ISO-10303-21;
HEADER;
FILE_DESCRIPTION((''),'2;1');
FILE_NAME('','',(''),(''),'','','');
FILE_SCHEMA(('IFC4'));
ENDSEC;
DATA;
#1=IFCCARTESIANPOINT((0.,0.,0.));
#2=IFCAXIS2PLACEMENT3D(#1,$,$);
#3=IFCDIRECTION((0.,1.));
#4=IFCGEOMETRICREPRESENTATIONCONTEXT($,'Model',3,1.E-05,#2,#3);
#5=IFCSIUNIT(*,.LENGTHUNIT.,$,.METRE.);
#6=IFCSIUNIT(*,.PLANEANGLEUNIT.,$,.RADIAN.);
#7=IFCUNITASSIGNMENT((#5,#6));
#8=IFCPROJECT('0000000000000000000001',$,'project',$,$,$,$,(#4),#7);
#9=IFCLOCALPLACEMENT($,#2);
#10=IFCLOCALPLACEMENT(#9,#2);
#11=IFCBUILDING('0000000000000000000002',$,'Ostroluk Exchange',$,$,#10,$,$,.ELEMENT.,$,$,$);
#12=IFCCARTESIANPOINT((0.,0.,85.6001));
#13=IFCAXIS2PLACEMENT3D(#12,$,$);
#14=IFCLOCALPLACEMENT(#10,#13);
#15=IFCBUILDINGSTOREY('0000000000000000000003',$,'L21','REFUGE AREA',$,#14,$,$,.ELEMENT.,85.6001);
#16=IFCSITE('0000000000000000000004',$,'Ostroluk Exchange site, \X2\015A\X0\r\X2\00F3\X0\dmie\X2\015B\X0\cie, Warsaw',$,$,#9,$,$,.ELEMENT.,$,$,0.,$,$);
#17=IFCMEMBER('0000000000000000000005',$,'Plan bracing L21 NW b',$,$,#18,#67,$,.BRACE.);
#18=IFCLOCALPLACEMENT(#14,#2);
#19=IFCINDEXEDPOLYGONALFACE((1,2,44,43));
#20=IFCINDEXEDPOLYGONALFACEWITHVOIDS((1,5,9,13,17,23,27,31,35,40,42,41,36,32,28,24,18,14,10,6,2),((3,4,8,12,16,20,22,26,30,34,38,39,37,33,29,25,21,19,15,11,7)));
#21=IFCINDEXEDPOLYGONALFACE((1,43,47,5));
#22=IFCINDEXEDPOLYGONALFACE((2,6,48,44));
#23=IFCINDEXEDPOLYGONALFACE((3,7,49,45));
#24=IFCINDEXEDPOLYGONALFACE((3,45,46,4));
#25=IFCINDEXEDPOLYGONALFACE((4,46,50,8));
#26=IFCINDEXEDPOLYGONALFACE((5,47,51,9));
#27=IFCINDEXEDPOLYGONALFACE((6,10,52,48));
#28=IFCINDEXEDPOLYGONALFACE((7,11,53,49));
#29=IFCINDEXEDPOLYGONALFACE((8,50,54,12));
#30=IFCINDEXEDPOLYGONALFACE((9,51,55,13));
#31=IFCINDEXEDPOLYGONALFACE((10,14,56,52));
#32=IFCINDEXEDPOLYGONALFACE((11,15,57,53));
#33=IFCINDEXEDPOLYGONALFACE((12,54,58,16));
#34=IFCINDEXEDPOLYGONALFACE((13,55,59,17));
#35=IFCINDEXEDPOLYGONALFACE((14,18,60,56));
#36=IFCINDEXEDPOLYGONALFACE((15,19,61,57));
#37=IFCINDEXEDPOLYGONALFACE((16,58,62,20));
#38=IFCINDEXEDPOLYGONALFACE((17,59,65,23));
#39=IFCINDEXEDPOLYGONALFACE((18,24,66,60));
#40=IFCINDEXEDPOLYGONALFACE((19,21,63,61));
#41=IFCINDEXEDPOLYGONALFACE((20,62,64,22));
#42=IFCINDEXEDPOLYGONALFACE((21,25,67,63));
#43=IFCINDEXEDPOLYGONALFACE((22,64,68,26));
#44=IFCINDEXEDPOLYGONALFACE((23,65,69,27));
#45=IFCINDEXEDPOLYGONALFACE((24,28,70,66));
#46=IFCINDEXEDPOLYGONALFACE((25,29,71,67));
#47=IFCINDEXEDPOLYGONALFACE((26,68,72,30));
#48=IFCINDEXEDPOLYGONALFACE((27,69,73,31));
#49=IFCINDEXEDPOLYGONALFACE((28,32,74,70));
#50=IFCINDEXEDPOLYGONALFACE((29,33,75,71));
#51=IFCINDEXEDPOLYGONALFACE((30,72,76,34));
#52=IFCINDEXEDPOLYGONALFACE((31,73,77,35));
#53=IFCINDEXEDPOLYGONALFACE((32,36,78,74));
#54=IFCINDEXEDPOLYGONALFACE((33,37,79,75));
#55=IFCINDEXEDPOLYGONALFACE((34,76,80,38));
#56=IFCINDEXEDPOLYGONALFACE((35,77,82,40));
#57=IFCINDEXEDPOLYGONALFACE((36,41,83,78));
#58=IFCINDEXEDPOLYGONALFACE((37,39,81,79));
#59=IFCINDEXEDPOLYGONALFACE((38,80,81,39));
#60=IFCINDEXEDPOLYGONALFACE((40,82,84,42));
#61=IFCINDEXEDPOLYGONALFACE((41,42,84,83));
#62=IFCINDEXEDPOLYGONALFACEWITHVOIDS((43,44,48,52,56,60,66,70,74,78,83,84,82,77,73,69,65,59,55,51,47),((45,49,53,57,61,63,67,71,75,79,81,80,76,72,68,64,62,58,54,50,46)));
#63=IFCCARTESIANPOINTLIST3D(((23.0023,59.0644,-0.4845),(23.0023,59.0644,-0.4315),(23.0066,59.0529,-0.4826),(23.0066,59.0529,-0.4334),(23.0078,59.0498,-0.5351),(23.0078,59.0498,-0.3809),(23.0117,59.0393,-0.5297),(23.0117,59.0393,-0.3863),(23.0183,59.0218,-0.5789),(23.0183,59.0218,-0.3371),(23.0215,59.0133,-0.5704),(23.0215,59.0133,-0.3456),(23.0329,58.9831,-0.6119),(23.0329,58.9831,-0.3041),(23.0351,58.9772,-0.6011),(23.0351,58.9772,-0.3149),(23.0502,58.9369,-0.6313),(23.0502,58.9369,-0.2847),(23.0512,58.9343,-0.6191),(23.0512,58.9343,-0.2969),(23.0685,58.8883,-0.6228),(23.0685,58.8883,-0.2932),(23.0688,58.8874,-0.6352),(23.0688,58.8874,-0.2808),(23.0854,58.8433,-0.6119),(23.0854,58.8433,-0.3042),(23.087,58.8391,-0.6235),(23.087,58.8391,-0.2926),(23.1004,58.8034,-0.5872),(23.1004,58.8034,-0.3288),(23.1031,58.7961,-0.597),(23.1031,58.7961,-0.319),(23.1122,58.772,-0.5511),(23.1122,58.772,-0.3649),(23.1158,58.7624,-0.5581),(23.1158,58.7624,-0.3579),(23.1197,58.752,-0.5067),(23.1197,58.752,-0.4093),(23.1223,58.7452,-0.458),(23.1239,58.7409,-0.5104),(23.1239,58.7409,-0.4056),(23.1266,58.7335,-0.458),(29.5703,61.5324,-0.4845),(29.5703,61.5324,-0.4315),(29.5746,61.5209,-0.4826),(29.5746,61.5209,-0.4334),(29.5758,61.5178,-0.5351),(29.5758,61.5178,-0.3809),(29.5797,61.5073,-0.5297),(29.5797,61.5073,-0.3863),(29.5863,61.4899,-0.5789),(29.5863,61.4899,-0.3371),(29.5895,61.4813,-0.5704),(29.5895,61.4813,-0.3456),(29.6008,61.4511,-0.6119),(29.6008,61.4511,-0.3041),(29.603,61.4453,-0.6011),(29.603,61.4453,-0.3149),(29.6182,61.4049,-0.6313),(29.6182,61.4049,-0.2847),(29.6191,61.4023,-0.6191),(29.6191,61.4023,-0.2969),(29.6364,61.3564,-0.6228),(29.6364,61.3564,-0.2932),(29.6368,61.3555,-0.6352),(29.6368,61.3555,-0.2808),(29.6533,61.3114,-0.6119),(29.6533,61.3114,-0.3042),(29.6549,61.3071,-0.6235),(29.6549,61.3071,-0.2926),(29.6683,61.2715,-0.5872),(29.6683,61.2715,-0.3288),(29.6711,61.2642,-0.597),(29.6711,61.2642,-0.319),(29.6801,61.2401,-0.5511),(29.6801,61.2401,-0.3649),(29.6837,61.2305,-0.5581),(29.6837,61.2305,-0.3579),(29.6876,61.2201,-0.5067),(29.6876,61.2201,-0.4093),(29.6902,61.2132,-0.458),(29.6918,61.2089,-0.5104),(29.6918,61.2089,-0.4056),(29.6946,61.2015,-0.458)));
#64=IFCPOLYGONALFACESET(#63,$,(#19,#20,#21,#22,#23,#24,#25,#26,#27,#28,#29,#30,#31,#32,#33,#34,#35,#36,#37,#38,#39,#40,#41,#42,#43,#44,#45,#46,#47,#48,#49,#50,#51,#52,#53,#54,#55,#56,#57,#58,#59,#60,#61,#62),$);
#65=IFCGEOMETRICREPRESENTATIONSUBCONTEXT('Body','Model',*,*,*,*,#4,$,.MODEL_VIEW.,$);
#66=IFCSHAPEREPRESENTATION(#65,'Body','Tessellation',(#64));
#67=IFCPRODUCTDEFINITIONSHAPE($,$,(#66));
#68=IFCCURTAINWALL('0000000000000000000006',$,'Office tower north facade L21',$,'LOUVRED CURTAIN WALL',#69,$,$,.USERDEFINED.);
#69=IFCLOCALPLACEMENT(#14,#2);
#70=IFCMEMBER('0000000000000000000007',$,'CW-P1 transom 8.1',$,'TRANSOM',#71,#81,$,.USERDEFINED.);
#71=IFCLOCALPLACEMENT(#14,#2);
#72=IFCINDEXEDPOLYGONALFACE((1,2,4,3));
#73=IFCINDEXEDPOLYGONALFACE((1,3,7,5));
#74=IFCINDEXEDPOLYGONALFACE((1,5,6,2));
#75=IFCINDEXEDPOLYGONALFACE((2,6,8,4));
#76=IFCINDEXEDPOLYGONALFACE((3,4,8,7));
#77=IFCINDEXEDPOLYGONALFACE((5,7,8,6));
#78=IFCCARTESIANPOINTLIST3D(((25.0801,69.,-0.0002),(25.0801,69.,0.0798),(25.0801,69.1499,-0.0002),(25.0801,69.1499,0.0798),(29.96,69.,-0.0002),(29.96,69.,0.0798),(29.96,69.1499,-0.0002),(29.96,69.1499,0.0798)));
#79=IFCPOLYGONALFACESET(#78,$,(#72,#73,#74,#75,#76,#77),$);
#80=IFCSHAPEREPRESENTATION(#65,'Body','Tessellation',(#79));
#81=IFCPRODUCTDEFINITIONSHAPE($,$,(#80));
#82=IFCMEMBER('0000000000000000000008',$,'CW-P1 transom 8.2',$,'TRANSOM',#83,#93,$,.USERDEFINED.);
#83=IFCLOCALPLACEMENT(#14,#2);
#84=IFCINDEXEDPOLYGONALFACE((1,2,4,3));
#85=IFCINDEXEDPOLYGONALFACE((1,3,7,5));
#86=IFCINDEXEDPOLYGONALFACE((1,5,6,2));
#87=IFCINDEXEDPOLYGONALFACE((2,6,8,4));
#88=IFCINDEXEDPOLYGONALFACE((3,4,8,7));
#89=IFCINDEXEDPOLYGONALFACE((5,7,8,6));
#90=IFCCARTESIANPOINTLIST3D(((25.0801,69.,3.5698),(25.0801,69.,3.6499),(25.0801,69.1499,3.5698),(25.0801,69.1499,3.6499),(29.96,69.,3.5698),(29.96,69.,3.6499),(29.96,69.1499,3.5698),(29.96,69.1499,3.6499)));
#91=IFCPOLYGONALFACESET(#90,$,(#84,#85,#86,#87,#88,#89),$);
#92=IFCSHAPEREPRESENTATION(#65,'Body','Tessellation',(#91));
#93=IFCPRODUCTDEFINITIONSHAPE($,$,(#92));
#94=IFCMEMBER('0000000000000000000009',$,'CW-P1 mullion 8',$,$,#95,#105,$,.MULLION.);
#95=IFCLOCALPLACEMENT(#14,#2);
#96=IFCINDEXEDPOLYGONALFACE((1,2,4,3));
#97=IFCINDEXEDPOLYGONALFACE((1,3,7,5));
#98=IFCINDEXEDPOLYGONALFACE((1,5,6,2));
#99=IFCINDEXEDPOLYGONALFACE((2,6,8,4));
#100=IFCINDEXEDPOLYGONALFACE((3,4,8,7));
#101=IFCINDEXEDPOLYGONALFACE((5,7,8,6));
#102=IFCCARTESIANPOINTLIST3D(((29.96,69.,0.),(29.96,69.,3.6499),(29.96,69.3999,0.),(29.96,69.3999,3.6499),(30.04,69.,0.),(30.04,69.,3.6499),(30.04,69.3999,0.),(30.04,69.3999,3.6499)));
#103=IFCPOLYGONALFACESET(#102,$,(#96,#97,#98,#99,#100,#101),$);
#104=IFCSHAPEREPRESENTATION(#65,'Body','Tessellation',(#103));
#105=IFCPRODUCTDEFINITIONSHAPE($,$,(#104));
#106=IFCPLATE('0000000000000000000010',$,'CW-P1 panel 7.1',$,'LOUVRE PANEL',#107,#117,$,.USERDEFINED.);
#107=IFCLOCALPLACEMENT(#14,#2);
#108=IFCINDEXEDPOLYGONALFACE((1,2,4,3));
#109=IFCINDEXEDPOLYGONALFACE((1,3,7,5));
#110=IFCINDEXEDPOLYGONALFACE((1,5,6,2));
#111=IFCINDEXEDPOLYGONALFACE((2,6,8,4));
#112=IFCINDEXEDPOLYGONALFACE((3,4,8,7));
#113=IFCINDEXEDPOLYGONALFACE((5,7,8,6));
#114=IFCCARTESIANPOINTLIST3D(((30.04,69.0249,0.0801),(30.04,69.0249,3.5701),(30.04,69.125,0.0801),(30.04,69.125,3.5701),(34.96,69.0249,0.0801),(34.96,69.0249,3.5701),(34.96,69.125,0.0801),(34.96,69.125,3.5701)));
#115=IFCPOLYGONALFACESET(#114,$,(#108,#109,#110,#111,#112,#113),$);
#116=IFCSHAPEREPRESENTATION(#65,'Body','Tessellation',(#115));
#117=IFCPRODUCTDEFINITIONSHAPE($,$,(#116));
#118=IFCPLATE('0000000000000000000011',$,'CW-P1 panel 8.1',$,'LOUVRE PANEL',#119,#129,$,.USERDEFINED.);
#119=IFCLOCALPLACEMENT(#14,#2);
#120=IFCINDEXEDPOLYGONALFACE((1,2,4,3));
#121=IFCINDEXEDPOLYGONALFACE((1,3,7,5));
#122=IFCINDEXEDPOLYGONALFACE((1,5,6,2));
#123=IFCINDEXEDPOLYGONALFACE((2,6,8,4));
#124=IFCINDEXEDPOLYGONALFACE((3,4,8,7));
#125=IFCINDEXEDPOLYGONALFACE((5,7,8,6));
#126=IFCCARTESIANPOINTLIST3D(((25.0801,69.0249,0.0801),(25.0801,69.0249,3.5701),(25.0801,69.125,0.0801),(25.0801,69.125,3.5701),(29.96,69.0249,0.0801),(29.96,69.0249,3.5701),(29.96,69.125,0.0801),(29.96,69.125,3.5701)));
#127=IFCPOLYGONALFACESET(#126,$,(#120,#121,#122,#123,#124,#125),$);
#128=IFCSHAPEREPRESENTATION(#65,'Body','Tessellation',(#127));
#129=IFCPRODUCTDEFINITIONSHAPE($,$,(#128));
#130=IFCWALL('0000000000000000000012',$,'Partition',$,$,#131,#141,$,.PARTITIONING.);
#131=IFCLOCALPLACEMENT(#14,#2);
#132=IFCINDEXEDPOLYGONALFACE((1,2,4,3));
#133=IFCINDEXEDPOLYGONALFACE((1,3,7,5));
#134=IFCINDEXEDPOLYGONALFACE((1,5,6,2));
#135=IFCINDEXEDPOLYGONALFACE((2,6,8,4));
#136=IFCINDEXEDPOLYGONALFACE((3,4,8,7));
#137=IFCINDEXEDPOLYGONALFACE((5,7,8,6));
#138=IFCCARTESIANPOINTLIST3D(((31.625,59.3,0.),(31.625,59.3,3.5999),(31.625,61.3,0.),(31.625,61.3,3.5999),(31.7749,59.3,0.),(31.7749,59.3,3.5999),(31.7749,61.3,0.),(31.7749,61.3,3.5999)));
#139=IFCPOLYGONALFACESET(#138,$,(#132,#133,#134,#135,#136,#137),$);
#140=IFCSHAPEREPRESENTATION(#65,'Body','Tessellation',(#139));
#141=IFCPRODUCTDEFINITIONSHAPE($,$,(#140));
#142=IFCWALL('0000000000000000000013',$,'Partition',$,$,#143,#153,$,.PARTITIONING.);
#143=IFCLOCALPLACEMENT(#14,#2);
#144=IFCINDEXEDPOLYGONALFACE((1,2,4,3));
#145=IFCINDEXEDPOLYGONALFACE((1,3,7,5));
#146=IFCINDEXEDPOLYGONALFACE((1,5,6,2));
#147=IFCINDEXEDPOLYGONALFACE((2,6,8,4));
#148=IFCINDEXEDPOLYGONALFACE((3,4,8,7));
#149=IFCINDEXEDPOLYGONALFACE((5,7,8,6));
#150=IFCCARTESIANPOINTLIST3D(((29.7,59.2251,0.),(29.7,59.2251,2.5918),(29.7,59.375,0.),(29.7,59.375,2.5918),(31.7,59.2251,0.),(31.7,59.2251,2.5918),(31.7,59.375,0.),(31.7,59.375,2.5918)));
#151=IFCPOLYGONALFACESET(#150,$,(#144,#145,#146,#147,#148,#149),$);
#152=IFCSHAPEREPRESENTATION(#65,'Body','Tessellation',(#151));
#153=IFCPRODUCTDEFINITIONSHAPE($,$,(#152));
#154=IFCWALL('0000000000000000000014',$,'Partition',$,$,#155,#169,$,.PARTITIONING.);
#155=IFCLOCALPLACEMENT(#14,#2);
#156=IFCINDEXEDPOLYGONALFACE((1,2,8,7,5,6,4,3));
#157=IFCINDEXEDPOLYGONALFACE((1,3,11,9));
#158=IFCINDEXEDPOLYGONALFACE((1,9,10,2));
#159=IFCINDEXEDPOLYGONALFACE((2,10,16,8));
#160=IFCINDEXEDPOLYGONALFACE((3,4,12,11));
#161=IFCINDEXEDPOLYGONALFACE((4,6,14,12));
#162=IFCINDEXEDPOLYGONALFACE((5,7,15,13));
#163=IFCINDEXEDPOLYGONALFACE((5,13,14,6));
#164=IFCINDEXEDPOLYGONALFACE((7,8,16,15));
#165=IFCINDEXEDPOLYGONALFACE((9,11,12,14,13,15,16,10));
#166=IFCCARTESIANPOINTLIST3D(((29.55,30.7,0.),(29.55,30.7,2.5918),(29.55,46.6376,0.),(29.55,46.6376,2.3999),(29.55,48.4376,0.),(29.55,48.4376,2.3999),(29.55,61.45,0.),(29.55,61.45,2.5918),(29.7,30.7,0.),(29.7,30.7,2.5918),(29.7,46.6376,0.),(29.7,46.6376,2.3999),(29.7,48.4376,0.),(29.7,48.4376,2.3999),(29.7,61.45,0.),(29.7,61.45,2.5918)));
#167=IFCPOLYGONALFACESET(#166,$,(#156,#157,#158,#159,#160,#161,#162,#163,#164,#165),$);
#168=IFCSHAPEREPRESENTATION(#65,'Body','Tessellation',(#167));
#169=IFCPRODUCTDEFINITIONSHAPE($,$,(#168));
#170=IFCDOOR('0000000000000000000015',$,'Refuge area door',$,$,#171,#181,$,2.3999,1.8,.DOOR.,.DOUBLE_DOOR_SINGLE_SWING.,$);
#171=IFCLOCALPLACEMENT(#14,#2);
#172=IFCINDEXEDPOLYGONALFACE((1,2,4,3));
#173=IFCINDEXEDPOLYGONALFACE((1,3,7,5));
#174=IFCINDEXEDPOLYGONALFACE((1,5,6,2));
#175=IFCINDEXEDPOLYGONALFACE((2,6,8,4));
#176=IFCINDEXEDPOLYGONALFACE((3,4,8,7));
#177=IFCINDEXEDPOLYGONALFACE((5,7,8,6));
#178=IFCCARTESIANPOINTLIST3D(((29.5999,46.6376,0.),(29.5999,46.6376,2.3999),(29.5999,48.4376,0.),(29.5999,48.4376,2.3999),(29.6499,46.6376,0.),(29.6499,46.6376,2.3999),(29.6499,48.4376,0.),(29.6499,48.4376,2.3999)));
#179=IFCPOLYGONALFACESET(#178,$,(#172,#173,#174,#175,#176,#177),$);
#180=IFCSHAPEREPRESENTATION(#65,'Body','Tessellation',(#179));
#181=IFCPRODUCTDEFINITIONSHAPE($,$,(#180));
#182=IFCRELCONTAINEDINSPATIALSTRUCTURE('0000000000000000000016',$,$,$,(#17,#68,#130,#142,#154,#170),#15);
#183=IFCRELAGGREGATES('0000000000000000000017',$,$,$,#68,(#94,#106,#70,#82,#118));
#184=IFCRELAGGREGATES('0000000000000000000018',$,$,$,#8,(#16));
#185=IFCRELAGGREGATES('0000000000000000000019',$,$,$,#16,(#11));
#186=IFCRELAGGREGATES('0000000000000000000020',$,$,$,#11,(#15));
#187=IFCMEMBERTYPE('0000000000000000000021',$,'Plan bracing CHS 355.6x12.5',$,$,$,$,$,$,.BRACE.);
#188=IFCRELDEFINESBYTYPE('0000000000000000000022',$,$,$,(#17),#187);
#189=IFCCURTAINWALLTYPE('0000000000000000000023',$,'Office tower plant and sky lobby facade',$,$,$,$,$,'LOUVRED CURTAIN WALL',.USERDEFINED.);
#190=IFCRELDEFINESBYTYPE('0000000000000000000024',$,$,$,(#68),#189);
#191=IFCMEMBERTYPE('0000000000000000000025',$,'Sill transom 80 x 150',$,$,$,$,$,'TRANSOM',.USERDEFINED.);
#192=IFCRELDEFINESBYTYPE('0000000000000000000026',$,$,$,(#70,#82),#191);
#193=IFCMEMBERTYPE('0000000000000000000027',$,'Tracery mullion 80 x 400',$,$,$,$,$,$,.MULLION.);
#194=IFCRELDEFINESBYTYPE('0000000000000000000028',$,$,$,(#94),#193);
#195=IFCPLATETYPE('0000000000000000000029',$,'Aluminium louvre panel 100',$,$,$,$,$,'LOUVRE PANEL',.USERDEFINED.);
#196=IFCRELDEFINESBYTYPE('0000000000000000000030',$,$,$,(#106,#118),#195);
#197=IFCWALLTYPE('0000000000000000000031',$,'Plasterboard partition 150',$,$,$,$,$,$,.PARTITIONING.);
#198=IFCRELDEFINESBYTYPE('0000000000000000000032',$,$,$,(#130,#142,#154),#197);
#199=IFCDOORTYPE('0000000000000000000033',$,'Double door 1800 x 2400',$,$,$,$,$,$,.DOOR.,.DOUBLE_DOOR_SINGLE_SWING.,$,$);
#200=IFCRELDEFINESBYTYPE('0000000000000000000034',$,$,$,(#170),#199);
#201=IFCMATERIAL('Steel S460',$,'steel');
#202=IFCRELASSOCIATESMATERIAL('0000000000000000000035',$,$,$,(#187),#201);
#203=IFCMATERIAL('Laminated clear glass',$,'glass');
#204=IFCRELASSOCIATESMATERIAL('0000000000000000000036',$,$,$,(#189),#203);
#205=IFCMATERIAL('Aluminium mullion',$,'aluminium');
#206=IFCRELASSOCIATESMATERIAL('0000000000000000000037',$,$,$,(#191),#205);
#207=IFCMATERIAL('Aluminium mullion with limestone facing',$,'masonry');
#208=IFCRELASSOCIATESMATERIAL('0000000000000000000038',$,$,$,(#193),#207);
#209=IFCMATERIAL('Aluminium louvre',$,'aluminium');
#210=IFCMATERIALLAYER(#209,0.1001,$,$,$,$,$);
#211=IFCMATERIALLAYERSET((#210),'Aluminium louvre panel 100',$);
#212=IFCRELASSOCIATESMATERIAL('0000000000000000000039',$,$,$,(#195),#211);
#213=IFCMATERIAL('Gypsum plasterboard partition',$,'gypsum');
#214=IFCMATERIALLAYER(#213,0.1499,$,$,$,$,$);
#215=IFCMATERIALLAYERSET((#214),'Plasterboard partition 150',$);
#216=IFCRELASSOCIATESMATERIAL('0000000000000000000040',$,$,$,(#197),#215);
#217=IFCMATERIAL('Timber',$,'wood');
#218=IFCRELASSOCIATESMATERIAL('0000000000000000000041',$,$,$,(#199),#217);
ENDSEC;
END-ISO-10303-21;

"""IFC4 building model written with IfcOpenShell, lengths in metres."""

from ifc_helpers import new_model, si_unit, direction, frame, frame_2d, origin, origin_2d, place, context, subcontext, project, spatial, rectangle, hollow_circle, extrude, material, layer, layer_set, material_profile, profile_set, type_object, element, fill, aggregate, save


model = new_model("IFC4")

# Units and contexts
model_context = context("Model", 3, precision=1e-05, world=origin(), true_north=direction((0.0, 1.0)))
body_context = subcontext(model_context, "Body", "Model", "MODEL_VIEW")
ifc_project = project(units=[si_unit("LENGTHUNIT", "METRE"), si_unit("PLANEANGLEUNIT", "RADIAN")], contexts=[model_context])

# Site, building, storey
site_placement = place(None, origin())
site = spatial("IfcSite", under=ifc_project, at=site_placement, Name="Ostroluk Exchange site, Śródmieście, Warsaw", CompositionType="ELEMENT", RefElevation=0.0)
building_placement = place(site_placement, origin())
building = spatial("IfcBuilding", under=site, at=building_placement, Name="Ostroluk Exchange", CompositionType="ELEMENT")
storey_placement = place(building_placement, frame((0.0, 0.0, 85.6001)))
storey = spatial("IfcBuildingStorey", under=building, at=storey_placement, Name="L21", Description="REFUGE AREA", CompositionType="ELEMENT", Elevation=85.6001)

# Member
ifc_material_1 = material(Name="Steel S460", Category="steel")
ifc_material_profile_1 = material_profile(ifc_material_1, hollow_circle(Radius=0.1777, WallThickness=0.0125, at=origin_2d()), Name="CHS 355.6x12.5")
ifc_profile_set_1 = profile_set([ifc_material_profile_1], Name="Steel S460")
member_type_1 = type_object("IfcMemberType", Name="Plan bracing CHS 355.6x12.5", PredefinedType="BRACE", material=ifc_profile_set_1)
for number, where, z_axis, x_axis, name in (
    (1, (29.6321, 61.3679, -0.458), (-0.936092, -0.351756, 0.0), (0.351756, -0.936092, 0.0), "Plan bracing L21 NW b"),
):
    element("IfcMember", number, at=place(storey_placement, frame(where, z_axis=z_axis, x_axis=x_axis)), inside=storey, type_object=member_type_1, Name=name, PredefinedType="BRACE", context=body_context, shape_type="SweptSolid", body=[
        extrude(hollow_circle(Radius=0.1777, WallThickness=0.0125, at=origin_2d()), origin(), (0.0, 0.0, 1.0), 7.0164),
    ])

# Curtain wall, members, plates
ifc_material_2 = material(Name="Laminated clear glass", Category="glass")
curtain_wall_type = type_object("IfcCurtainWallType", Name="Office tower plant and sky lobby facade", ElementType="LOUVRED CURTAIN WALL", PredefinedType="USERDEFINED", material=ifc_material_2)
curtain_wall_placement = place(storey_placement, origin())
curtain_wall = element("IfcCurtainWall", 2, at=curtain_wall_placement, inside=storey, type_object=curtain_wall_type, Name="Office tower north facade L21", ObjectType="LOUVRED CURTAIN WALL", PredefinedType="USERDEFINED")
ifc_material_3 = material(Name="Aluminium mullion", Category="aluminium")
ifc_material_profile_2 = material_profile(ifc_material_3, rectangle(XDim=0.1499, YDim=0.0801, at=origin_2d()), Name="Sill transom 80 x 150")
ifc_profile_set_2 = profile_set([ifc_material_profile_2], Name="Aluminium mullion")
member_type_2 = type_object("IfcMemberType", Name="Sill transom 80 x 150", ElementType="TRANSOM", PredefinedType="USERDEFINED", material=ifc_profile_set_2)
member_1_placement = place(storey_placement, frame((29.96, 69.075, 0.0398), z_axis=(-1.0, 0.0, 0.0), x_axis=(0.0, -1.0, 0.0)))
member_1 = element("IfcMember", 3, at=member_1_placement, type_object=member_type_2, Name="CW-P1 transom 8.1", ObjectType="TRANSOM", PredefinedType="USERDEFINED", context=body_context, shape_type="SweptSolid", body=[
    extrude(rectangle(XDim=0.1499, YDim=0.0801, at=origin_2d()), origin(), (0.0, 0.0, 1.0), 4.8799),
])
member_2_placement = place(storey_placement, frame((29.96, 69.075, 3.6099), z_axis=(-1.0, 0.0, 0.0), x_axis=(0.0, -1.0, 0.0)))
member_2 = element("IfcMember", 4, at=member_2_placement, type_object=member_type_2, Name="CW-P1 transom 8.2", ObjectType="TRANSOM", PredefinedType="USERDEFINED", context=body_context, shape_type="SweptSolid", body=[
    extrude(rectangle(XDim=0.1499, YDim=0.0801, at=origin_2d()), origin(), (0.0, 0.0, 1.0), 4.8799),
])
ifc_material_4 = material(Name="Aluminium mullion with limestone facing", Category="masonry")
ifc_material_profile_3 = material_profile(ifc_material_4, rectangle(XDim=0.3999, YDim=0.0801, at=origin_2d()), Name="Tracery mullion 80 x 400")
ifc_profile_set_3 = profile_set([ifc_material_profile_3], Name="Aluminium mullion with limestone facing")
member_type_3 = type_object("IfcMemberType", Name="Tracery mullion 80 x 400", PredefinedType="MULLION", material=ifc_profile_set_3)
member_3_placement = place(storey_placement, frame((30.0, 69.2, 0.0), z_axis=(0.0, 0.0, 1.0), x_axis=(0.0, -1.0, 0.0)))
member_3 = element("IfcMember", 5, at=member_3_placement, type_object=member_type_3, Name="CW-P1 mullion 8", PredefinedType="MULLION", context=body_context, shape_type="SweptSolid", body=[
    extrude(rectangle(XDim=0.3999, YDim=0.0801, at=origin_2d()), origin(), (0.0, 0.0, 1.0), 3.6499),
])
ifc_material_5 = material(Name="Aluminium louvre", Category="aluminium")
ifc_layer_1 = layer(ifc_material_5, 0.1001)
ifc_layer_set_1 = layer_set([ifc_layer_1], Name="Aluminium louvre panel 100")
plate_type = type_object("IfcPlateType", Name="Aluminium louvre panel 100", ElementType="LOUVRE PANEL", PredefinedType="USERDEFINED", material=ifc_layer_set_1)
plate_1_placement = place(storey_placement, frame((32.5, 69.075, 0.0801), z_axis=(0.0, 0.0, 1.0), x_axis=(-1.0, 0.0, 0.0)))
plate_1 = element("IfcPlate", 6, at=plate_1_placement, type_object=plate_type, Name="CW-P1 panel 7.1", ObjectType="LOUVRE PANEL", PredefinedType="USERDEFINED", context=body_context, shape_type="SweptSolid", body=[
    extrude(rectangle(XDim=4.9199, YDim=0.1001, at=origin_2d()), origin(), (0.0, 0.0, 1.0), 3.49),
])
plate_2_placement = place(storey_placement, frame((27.52, 69.075, 0.0801), z_axis=(0.0, 0.0, 1.0), x_axis=(-1.0, 0.0, 0.0)))
plate_2 = element("IfcPlate", 7, at=plate_2_placement, type_object=plate_type, Name="CW-P1 panel 8.1", ObjectType="LOUVRE PANEL", PredefinedType="USERDEFINED", context=body_context, shape_type="SweptSolid", body=[
    extrude(rectangle(XDim=4.8799, YDim=0.1001, at=origin_2d()), origin(), (0.0, 0.0, 1.0), 3.49),
])
aggregate(curtain_wall, [member_3, plate_1, member_1, member_2, plate_2])

# Walls
ifc_material_6 = material(Name="Gypsum plasterboard partition", Category="gypsum")
ifc_layer_2 = layer(ifc_material_6, 0.1499)
ifc_layer_set_2 = layer_set([ifc_layer_2], Name="Plasterboard partition 150")
wall_type = type_object("IfcWallType", Name="Plasterboard partition 150", PredefinedType="PARTITIONING", material=ifc_layer_set_2)
wall_1_placement = place(storey_placement, frame((31.7, 59.3, 0.0), z_axis=(0.0, 0.0, 1.0), x_axis=(0.0, 1.0, 0.0)))
element("IfcWall", 8, at=wall_1_placement, inside=storey, type_object=wall_type, Name="Partition", PredefinedType="PARTITIONING", context=body_context, shape_type="SweptSolid", body=[
    extrude(rectangle(XDim=2.0, YDim=0.1499, at=frame_2d((1.0, 0.0))), origin(), (0.0, 0.0, 1.0), 3.5999),
])
wall_2_placement = place(storey_placement, frame((31.7, 59.3, 0.0), z_axis=(0.0, 0.0, 1.0), x_axis=(-1.0, 0.0, 0.0)))
element("IfcWall", 9, at=wall_2_placement, inside=storey, type_object=wall_type, Name="Partition", PredefinedType="PARTITIONING", context=body_context, shape_type="SweptSolid", body=[
    extrude(rectangle(XDim=2.0, YDim=0.1499, at=frame_2d((1.0, 0.0))), origin(), (0.0, 0.0, 1.0), 2.5918),
])

# Wall, opening, door
wall_3_placement = place(storey_placement, frame((29.625, 61.45, 0.0), z_axis=(0.0, 0.0, 1.0), x_axis=(0.0, -1.0, 0.0)))
wall_3 = element("IfcWall", 10, at=wall_3_placement, inside=storey, type_object=wall_type, Name="Partition", PredefinedType="PARTITIONING", context=body_context, shape_type="SweptSolid", body=[
    extrude(rectangle(XDim=30.75, YDim=0.1499, at=frame_2d((15.375, 0.0))), origin(), (0.0, 0.0, 1.0), 2.5918),
])
opening_placement = place(wall_3_placement, frame((13.0125, 0.0, 0.0)))
opening = element("IfcOpeningElement", 11, at=opening_placement, cuts=wall_3, PredefinedType="OPENING", context=body_context, shape_type="SweptSolid", body=[
    extrude(rectangle(XDim=1.8, YDim=2.3999, at=frame_2d((0.8999, 1.2))), frame((0.0, 0.085, 0.0), z_axis=(0.0, -1.0, 0.0), x_axis=(1.0, 0.0, 0.0)), (0.0, 0.0, 1.0), 0.1699),
])
ifc_material_7 = material(Name="Timber", Category="wood")
door_type = type_object("IfcDoorType", Name="Double door 1800 x 2400", OperationType="DOUBLE_DOOR_SINGLE_SWING", PredefinedType="DOOR", material=ifc_material_7)
door_placement = place(opening_placement, origin())
door = element("IfcDoor", 12, at=door_placement, inside=storey, type_object=door_type, Name="Refuge area door", OperationType="DOUBLE_DOOR_SINGLE_SWING", OverallHeight=2.3999, OverallWidth=1.8, PredefinedType="DOOR", context=body_context, shape_type="SweptSolid", body=[
    extrude(rectangle(XDim=1.8, YDim=2.3999, at=frame_2d((0.8999, 1.2))), frame((0.0, 0.0249, 0.0), z_axis=(0.0, -1.0, 0.0), x_axis=(1.0, 0.0, 0.0)), (0.0, 0.0, 1.0), 0.05),
])
fill(opening, door)

save(model, "model.ifc")
